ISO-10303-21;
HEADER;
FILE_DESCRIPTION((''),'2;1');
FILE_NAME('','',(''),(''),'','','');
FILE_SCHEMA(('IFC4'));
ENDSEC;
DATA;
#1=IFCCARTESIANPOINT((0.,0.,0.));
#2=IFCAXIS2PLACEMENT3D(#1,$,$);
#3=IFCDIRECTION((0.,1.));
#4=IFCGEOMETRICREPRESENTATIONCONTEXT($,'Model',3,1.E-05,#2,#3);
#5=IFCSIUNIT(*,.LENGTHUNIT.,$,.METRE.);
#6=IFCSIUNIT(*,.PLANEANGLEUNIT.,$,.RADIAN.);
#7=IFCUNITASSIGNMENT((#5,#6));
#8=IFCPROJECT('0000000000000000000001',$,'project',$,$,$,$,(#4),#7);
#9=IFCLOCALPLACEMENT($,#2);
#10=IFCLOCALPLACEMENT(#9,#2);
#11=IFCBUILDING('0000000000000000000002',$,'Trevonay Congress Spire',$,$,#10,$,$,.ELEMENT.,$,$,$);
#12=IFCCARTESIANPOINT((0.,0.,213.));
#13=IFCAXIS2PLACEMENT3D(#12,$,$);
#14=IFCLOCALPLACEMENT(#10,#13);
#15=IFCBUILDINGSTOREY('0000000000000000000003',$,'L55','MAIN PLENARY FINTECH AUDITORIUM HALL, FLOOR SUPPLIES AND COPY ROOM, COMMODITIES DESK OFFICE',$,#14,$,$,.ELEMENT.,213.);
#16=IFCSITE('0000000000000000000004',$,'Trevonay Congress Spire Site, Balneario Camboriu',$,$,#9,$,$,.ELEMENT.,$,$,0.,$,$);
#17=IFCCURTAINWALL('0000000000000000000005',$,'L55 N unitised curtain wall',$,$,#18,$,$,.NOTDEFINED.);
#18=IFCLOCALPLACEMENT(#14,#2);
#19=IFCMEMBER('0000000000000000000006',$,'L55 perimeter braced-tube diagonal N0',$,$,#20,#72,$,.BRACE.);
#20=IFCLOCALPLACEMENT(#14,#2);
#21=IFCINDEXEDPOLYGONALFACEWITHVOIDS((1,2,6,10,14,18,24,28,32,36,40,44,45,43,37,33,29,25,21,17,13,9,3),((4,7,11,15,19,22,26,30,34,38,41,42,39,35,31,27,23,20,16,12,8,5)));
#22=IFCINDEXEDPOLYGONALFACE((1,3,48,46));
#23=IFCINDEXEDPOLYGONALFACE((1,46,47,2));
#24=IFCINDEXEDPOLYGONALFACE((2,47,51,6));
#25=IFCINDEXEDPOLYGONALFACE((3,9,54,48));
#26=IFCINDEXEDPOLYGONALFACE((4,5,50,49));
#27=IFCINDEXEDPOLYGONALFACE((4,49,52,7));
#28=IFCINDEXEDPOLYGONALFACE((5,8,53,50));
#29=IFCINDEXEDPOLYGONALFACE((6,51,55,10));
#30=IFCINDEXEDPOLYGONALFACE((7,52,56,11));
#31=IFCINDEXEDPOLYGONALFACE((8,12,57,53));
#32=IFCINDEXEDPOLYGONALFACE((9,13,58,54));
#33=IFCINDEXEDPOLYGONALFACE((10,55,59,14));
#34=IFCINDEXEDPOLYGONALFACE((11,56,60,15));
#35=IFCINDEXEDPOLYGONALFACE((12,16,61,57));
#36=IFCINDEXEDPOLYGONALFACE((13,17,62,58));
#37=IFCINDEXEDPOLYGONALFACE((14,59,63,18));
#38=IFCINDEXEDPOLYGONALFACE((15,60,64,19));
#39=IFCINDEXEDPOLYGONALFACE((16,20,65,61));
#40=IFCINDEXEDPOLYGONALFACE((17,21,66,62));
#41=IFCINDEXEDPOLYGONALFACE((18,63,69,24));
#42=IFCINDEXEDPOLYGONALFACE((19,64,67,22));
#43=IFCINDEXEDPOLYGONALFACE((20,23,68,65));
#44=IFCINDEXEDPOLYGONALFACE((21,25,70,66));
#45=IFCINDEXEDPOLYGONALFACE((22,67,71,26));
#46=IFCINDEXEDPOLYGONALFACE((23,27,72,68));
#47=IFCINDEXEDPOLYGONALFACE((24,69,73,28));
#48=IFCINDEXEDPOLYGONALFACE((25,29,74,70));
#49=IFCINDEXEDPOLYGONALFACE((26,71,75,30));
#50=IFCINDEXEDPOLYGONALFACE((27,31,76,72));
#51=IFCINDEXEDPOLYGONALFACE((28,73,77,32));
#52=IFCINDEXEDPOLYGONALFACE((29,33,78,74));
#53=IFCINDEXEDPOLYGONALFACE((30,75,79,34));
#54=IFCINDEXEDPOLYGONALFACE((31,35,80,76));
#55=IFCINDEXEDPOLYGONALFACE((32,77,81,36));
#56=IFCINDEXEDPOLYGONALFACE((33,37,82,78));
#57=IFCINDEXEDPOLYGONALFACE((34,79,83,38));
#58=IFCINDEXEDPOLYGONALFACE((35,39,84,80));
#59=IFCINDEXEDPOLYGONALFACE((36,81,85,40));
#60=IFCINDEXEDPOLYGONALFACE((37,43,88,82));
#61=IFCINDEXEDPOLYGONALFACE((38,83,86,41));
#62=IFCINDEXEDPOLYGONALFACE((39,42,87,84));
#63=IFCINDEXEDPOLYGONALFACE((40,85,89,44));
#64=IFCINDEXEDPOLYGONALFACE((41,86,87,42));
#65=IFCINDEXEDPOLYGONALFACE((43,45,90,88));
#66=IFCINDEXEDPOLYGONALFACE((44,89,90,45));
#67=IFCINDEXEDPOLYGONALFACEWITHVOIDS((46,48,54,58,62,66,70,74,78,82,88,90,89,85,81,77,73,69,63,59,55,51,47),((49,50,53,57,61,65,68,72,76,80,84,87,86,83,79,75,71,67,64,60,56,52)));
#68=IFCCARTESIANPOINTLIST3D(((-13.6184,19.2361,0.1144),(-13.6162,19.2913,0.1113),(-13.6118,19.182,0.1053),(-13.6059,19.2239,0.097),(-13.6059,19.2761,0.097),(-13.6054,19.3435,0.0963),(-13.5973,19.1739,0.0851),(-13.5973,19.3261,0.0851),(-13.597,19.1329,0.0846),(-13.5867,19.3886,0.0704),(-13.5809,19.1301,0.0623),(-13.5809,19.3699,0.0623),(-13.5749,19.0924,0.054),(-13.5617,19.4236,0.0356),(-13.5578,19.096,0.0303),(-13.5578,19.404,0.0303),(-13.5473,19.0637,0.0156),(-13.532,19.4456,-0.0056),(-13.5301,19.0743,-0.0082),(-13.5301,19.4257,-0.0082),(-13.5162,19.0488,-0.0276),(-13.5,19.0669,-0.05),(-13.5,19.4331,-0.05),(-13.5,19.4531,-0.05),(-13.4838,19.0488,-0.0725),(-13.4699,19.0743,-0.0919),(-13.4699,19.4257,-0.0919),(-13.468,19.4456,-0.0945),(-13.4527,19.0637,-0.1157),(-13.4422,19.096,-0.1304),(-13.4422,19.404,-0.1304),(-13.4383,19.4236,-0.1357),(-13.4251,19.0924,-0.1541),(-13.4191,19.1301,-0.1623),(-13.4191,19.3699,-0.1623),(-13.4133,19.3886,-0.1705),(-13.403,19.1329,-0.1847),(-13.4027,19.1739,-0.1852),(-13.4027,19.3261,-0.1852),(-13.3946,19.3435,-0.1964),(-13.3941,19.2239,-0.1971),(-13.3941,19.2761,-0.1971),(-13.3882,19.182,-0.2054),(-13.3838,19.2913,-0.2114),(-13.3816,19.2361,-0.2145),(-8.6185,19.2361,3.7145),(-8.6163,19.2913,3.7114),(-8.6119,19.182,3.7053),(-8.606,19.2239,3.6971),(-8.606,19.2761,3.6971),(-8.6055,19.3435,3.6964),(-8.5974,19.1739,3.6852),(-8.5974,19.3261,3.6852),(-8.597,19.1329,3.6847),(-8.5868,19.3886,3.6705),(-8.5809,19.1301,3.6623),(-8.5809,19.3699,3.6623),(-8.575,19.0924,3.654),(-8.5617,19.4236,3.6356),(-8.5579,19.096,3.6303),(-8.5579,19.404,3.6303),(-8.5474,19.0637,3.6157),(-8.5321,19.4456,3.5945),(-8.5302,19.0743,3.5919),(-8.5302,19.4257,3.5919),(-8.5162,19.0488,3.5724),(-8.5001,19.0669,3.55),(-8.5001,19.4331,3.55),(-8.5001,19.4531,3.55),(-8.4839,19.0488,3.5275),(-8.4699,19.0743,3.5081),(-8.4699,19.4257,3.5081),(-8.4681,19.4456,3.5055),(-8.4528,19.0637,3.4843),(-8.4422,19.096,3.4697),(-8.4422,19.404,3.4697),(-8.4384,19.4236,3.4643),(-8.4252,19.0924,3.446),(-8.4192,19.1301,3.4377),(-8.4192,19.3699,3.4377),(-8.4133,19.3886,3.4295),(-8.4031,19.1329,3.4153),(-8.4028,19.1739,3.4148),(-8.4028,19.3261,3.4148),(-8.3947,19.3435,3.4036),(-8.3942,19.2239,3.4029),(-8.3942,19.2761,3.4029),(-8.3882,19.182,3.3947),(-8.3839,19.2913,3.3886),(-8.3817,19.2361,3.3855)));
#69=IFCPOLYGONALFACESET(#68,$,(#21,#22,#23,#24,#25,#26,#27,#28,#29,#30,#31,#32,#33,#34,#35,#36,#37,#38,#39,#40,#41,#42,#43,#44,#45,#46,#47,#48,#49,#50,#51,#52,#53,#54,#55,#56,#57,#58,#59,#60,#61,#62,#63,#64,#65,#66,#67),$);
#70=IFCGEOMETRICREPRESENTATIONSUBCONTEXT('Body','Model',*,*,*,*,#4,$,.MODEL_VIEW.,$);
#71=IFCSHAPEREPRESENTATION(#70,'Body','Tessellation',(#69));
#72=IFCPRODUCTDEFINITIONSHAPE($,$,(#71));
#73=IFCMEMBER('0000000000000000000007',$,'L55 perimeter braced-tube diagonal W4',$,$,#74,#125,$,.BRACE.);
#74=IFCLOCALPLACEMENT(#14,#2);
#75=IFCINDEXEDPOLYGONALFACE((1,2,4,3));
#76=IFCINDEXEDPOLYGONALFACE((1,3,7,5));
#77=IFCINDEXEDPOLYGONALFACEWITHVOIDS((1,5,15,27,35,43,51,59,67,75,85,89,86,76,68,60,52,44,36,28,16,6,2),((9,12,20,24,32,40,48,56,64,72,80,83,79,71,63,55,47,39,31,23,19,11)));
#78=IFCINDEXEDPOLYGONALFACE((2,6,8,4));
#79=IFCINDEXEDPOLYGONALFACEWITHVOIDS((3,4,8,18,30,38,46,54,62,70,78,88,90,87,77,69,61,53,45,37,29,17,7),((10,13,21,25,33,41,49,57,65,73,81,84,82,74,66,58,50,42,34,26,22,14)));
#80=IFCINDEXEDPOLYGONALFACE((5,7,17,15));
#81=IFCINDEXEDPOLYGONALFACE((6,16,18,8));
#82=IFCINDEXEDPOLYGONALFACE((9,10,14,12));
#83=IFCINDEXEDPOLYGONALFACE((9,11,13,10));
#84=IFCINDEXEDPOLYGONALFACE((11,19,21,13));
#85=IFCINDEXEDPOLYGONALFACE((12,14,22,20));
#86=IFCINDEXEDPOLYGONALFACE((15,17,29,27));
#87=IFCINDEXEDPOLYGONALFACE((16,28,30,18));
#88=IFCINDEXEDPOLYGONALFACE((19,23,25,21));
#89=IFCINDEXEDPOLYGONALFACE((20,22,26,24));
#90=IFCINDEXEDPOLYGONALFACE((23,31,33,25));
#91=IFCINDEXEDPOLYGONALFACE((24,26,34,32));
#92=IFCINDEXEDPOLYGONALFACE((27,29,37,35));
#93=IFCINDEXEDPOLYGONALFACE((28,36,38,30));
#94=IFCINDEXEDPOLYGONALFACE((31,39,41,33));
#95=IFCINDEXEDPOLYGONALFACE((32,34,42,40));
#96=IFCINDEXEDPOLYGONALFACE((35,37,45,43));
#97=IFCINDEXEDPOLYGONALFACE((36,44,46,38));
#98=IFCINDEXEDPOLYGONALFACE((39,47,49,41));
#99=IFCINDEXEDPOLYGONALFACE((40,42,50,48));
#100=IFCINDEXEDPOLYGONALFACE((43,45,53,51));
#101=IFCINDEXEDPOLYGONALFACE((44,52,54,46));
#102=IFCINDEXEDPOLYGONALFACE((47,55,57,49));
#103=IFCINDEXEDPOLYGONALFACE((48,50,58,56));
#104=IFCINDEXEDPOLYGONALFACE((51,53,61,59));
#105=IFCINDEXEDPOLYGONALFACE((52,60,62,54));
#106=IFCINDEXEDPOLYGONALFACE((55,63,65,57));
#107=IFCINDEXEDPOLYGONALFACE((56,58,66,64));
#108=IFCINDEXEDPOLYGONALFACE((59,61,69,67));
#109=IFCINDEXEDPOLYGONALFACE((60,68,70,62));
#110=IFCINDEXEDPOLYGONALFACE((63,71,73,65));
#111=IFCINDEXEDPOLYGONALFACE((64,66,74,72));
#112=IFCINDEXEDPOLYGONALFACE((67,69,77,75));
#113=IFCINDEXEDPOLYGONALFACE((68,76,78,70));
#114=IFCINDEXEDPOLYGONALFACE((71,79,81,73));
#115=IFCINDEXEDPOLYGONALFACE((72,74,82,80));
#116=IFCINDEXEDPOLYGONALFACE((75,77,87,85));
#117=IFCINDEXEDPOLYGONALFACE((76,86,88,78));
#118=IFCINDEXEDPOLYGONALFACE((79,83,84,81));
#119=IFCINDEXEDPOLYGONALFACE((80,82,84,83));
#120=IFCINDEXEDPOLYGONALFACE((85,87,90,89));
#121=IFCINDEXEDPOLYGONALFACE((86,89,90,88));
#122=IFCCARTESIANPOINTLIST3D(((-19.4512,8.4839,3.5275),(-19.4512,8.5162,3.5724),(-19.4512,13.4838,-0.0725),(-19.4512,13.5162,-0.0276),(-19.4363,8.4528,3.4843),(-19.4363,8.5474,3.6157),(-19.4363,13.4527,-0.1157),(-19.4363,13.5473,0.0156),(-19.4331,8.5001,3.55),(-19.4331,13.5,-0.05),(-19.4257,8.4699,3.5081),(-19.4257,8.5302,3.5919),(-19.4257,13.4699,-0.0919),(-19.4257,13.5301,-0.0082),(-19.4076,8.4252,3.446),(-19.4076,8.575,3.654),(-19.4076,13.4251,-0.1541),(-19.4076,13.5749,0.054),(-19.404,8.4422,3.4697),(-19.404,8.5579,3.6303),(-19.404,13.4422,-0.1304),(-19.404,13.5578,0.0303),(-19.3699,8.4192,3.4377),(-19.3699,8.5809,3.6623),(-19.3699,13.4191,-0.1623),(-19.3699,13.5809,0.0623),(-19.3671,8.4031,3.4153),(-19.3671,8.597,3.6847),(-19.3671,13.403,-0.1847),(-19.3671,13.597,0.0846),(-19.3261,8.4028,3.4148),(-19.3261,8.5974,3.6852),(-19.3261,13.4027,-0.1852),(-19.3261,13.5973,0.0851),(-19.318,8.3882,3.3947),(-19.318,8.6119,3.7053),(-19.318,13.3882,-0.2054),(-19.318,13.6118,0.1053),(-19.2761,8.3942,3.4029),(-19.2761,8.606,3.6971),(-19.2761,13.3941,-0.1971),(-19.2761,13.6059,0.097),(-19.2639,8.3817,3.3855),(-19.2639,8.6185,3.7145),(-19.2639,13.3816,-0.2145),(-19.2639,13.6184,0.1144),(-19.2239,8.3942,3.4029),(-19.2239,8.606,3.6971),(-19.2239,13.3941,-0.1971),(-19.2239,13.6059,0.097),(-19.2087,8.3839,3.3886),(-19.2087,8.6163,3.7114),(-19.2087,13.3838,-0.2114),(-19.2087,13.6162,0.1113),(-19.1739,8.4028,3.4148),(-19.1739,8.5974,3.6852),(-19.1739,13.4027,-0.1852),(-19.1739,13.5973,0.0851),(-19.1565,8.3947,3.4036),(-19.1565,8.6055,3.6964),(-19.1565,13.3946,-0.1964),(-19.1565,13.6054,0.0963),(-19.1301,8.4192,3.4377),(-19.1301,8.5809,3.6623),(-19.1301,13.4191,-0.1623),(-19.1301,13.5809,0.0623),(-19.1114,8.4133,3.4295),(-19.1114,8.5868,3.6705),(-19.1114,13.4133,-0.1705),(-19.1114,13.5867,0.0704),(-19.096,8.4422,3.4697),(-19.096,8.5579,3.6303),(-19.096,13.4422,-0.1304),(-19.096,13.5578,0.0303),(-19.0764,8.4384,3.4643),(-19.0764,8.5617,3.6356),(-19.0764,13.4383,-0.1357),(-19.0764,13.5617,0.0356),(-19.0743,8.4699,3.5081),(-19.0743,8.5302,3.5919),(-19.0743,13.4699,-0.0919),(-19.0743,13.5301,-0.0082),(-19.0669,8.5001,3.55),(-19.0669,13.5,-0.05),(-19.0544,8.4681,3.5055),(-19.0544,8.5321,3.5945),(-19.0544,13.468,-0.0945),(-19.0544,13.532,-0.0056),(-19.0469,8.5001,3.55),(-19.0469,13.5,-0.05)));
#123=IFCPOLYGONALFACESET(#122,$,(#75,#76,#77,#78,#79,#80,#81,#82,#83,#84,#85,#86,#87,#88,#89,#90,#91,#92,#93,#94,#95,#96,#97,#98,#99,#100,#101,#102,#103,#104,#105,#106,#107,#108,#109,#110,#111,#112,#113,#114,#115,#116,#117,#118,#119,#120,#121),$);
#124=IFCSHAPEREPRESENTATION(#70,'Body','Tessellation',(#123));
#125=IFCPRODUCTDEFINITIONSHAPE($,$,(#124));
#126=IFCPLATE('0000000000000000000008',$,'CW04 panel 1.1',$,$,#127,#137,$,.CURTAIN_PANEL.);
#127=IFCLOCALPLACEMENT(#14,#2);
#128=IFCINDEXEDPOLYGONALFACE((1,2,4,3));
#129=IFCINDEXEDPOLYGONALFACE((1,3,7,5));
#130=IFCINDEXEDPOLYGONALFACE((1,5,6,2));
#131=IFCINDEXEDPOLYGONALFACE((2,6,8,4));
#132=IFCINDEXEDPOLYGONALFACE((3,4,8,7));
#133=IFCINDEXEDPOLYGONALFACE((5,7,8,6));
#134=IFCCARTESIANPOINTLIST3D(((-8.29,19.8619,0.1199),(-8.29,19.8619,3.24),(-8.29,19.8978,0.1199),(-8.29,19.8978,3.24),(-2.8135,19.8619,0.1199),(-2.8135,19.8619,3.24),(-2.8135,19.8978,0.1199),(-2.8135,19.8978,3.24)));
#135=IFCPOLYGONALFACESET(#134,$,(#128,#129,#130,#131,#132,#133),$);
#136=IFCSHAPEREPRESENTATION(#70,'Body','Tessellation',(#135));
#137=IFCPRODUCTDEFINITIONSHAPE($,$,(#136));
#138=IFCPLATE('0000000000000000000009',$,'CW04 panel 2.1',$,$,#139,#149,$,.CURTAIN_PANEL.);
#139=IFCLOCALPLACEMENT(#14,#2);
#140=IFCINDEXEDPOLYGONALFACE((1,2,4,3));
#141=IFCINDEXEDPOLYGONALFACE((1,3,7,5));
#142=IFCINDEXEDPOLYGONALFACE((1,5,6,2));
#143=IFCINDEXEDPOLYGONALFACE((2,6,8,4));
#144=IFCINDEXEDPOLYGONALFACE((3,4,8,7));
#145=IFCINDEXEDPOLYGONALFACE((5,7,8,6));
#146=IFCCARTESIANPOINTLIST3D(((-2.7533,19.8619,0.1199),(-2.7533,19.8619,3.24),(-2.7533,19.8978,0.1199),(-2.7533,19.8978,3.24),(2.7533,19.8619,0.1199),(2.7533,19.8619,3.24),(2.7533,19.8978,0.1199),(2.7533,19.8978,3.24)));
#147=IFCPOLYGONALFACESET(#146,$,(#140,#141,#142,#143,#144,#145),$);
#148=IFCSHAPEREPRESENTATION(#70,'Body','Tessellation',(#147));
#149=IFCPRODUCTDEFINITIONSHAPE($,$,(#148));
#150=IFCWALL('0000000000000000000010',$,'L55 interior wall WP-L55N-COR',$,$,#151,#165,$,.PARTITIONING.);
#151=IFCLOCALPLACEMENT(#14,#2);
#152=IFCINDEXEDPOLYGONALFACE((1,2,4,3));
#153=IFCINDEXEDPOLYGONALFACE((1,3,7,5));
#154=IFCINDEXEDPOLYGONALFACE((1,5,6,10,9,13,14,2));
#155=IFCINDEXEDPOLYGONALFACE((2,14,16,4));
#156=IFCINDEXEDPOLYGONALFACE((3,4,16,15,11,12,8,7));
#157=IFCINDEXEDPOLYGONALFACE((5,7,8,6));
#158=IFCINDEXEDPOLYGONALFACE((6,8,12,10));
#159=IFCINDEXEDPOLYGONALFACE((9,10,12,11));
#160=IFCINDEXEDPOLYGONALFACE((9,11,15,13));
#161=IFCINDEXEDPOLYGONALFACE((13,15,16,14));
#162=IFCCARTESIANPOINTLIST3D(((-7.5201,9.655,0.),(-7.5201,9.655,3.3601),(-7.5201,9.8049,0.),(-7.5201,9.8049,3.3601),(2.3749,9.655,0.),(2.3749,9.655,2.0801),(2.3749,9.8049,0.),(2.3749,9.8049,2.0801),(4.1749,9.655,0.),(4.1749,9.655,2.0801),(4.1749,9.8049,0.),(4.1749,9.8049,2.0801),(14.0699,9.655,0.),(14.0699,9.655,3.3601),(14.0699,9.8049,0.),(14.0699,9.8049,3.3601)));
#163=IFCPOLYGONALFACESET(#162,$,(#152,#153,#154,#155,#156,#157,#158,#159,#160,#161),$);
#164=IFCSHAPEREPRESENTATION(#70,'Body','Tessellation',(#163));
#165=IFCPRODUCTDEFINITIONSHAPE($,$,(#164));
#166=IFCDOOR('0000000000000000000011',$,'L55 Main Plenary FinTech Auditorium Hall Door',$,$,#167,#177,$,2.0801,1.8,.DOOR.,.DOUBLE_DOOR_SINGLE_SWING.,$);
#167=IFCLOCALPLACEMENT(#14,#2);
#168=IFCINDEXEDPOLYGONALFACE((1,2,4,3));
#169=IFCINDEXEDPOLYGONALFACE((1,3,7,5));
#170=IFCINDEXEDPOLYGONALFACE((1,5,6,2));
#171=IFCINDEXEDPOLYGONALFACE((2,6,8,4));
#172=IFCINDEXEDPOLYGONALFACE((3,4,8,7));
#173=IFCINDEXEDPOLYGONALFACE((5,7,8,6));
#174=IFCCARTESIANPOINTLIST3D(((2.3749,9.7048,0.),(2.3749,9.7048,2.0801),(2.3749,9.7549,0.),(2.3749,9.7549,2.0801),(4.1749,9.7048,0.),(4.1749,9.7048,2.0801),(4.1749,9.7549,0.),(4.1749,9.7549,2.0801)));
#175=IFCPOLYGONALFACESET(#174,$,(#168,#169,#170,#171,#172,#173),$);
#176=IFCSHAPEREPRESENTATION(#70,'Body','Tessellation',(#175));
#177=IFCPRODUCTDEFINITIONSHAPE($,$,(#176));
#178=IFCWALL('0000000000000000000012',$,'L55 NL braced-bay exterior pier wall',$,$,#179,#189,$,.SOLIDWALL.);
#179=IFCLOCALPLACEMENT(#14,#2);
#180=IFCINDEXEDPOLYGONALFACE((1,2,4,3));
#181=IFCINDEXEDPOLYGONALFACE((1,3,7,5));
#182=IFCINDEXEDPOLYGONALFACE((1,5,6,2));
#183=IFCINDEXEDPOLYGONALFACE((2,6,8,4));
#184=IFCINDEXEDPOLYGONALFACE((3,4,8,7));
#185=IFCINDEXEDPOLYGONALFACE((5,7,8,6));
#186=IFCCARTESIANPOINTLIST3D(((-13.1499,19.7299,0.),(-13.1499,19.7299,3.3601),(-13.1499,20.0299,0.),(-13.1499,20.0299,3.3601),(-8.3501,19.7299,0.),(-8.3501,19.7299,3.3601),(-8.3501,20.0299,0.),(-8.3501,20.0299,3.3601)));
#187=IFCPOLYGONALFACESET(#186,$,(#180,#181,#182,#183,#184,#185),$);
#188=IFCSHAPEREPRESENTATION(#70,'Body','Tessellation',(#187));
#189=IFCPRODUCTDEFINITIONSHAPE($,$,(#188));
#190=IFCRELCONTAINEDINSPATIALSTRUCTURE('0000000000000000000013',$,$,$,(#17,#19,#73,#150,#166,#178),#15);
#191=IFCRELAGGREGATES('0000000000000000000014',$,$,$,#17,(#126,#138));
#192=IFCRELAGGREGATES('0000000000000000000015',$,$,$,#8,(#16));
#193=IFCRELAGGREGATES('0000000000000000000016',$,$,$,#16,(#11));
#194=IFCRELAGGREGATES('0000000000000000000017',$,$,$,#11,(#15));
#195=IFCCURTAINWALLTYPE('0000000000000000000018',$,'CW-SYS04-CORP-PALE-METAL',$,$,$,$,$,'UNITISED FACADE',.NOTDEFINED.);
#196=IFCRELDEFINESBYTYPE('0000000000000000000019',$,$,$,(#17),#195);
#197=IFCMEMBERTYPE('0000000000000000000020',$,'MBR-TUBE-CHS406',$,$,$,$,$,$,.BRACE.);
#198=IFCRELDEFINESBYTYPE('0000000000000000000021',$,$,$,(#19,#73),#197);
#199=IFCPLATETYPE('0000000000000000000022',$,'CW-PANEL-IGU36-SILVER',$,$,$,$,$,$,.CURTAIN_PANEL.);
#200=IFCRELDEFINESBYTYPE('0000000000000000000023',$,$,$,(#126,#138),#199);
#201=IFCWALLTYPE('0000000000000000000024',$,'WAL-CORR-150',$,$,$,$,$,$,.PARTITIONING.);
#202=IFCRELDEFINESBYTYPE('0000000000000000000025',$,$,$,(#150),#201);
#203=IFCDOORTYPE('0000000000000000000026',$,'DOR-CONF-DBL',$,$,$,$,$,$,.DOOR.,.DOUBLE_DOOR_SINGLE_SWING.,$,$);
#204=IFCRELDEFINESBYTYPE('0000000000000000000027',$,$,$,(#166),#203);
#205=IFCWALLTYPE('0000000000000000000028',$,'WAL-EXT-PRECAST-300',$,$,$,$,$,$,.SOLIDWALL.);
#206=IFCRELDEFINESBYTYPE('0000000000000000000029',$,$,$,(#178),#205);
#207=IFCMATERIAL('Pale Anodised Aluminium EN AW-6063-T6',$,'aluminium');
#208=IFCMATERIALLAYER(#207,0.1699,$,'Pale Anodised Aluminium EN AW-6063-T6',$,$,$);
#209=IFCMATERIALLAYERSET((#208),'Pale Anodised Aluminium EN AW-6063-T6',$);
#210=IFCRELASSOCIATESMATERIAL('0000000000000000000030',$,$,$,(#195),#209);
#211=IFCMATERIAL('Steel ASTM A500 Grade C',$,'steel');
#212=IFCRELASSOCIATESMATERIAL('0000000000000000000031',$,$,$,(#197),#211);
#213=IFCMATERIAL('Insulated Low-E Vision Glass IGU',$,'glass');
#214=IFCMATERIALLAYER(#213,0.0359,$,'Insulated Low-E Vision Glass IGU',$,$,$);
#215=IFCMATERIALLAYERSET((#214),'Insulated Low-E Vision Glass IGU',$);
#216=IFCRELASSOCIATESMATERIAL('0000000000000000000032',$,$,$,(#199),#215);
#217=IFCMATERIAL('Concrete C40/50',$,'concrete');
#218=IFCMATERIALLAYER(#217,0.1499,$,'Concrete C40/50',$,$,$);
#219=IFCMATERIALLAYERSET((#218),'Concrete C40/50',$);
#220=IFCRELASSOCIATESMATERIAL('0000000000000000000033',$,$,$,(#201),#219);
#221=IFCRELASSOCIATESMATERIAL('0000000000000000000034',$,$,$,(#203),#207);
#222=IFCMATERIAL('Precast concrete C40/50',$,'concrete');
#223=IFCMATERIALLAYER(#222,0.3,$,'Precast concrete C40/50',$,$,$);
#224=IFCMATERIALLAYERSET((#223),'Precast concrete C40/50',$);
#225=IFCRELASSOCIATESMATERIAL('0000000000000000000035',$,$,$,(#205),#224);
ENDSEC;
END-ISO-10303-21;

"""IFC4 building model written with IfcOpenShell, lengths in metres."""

from ifc_helpers import new_model, si_unit, direction, frame, frame_2d, origin, origin_2d, place, context, subcontext, project, spatial, rectangle, hollow_circle, extrude, material, layer, layer_set, material_profile, profile_set, type_object, element, fill, aggregate, save


model = new_model("IFC4")

# Units and contexts
model_context = context("Model", 3, precision=1e-05, world=origin(), true_north=direction((0.0, 1.0)))
body_context = subcontext(model_context, "Body", "Model", "MODEL_VIEW")
ifc_project = project(units=[si_unit("LENGTHUNIT", "METRE"), si_unit("PLANEANGLEUNIT", "RADIAN")], contexts=[model_context])

# Site, building, storey
site_placement = place(None, origin())
site = spatial("IfcSite", under=ifc_project, at=site_placement, Name="Trevonay Congress Spire Site, Balneario Camboriu", CompositionType="ELEMENT", RefElevation=0.0)
building_placement = place(site_placement, origin())
building = spatial("IfcBuilding", under=site, at=building_placement, Name="Trevonay Congress Spire", CompositionType="ELEMENT")
storey_placement = place(building_placement, frame((0.0, 0.0, 213.0)))
storey = spatial("IfcBuildingStorey", under=building, at=storey_placement, Name="L55", Description="MAIN PLENARY FINTECH AUDITORIUM HALL, FLOOR SUPPLIES AND COPY ROOM, COMMODITIES DESK OFFICE", CompositionType="ELEMENT", Elevation=213.0)

# Curtain wall
ifc_material_1 = material(Name="Pale Anodised Aluminium EN AW-6063-T6", Category="aluminium")
ifc_layer_1 = layer(ifc_material_1, 0.1699, Name="Pale Anodised Aluminium EN AW-6063-T6")
ifc_layer_set_1 = layer_set([ifc_layer_1], Name="Pale Anodised Aluminium EN AW-6063-T6")
curtain_wall_type = type_object("IfcCurtainWallType", Name="CW-SYS04-CORP-PALE-METAL", ElementType="UNITISED FACADE", PredefinedType="NOTDEFINED", material=ifc_layer_set_1)
curtain_wall_1_placement = place(storey_placement, origin())
curtain_wall_1 = element("IfcCurtainWall", 1, at=curtain_wall_1_placement, inside=storey, type_object=curtain_wall_type, Name="L55 N unitised curtain wall", PredefinedType="NOTDEFINED")

# Members
ifc_material_2 = material(Name="Steel ASTM A500 Grade C", Category="steel")
ifc_material_profile_1 = material_profile(ifc_material_2, hollow_circle(Radius=0.2031, WallThickness=0.02, at=origin_2d()), Name="CHS 406.4x20")
ifc_profile_set_1 = profile_set([ifc_material_profile_1], Name="Steel ASTM A500 Grade C")
member_type_1 = type_object("IfcMemberType", Name="MBR-TUBE-CHS406", PredefinedType="BRACE", material=ifc_profile_set_1)
for number, where, z_axis, x_axis, name in (
    (2, (-13.5, 19.25, -0.05), (0.811527, 0.0, 0.584315), (0.0, 1.0, 0.0), "L55 perimeter braced-tube diagonal N0"),
    (3, (-19.25, 13.5, -0.05), (0.0, -0.811527, 0.584315), (1.0, 0.0, 0.0), "L55 perimeter braced-tube diagonal W4"),
):
    element("IfcMember", number, at=place(storey_placement, frame(where, z_axis=z_axis, x_axis=x_axis)), inside=storey, type_object=member_type_1, Name=name, PredefinedType="BRACE", context=body_context, shape_type="SweptSolid", body=[
        extrude(hollow_circle(Radius=0.2031, WallThickness=0.02, at=origin_2d()), origin(), (0.0, 0.0, 1.0), 6.1611),
    ])

# Plates
ifc_material_3 = material(Name="Insulated Low-E Vision Glass IGU", Category="glass")
ifc_layer_2 = layer(ifc_material_3, 0.0359, Name="Insulated Low-E Vision Glass IGU")
ifc_layer_set_2 = layer_set([ifc_layer_2], Name="Insulated Low-E Vision Glass IGU")
plate_type = type_object("IfcPlateType", Name="CW-PANEL-IGU36-SILVER", PredefinedType="CURTAIN_PANEL", material=ifc_layer_set_2)
plate_1_placement = place(storey_placement, frame((-5.5518, 19.8799, 0.1199), z_axis=(0.0, 0.0, 1.0), x_axis=(1.0, 0.0, 0.0)))
plate_1 = element("IfcPlate", 4, at=plate_1_placement, type_object=plate_type, Name="CW04 panel 1.1", PredefinedType="CURTAIN_PANEL", context=body_context, shape_type="SweptSolid", body=[
    extrude(rectangle(XDim=5.4766, YDim=0.0359, at=origin_2d()), origin(), (0.0, 0.0, 1.0), 3.1201),
])
plate_2_placement = place(storey_placement, frame((0.0, 19.8799, 0.1199), z_axis=(0.0, 0.0, 1.0), x_axis=(1.0, 0.0, 0.0)))
plate_2 = element("IfcPlate", 5, at=plate_2_placement, type_object=plate_type, Name="CW04 panel 2.1", PredefinedType="CURTAIN_PANEL", context=body_context, shape_type="SweptSolid", body=[
    extrude(rectangle(XDim=5.5066, YDim=0.0359, at=origin_2d()), origin(), (0.0, 0.0, 1.0), 3.1201),
])
aggregate(curtain_wall_1, [plate_1, plate_2])

# Wall, opening, door
ifc_material_4 = material(Name="Concrete C40/50", Category="concrete")
ifc_layer_3 = layer(ifc_material_4, 0.1499, Name="Concrete C40/50")
ifc_layer_set_3 = layer_set([ifc_layer_3], Name="Concrete C40/50")
wall_type_1 = type_object("IfcWallType", Name="WAL-CORR-150", PredefinedType="PARTITIONING", material=ifc_layer_set_3)
wall_1_placement = place(storey_placement, frame((-7.52, 9.73, 0.0), z_axis=(0.0, 0.0, 1.0), x_axis=(1.0, 0.0, 0.0)))
wall_1 = element("IfcWall", 6, at=wall_1_placement, inside=storey, type_object=wall_type_1, Name="L55 interior wall WP-L55N-COR", PredefinedType="PARTITIONING", context=body_context, shape_type="SweptSolid", body=[
    extrude(rectangle(XDim=21.5901, YDim=0.1499, at=frame_2d((10.7949, 0.0))), origin(), (0.0, 0.0, 1.0), 3.3601),
])
opening_1_placement = place(wall_1_placement, frame((9.895, 0.0, 0.0)))
opening_1 = element("IfcOpeningElement", 7, at=opening_1_placement, cuts=wall_1, PredefinedType="OPENING", context=body_context, shape_type="SweptSolid", body=[
    extrude(rectangle(XDim=1.8, YDim=2.0801, at=frame_2d((0.8999, 1.04))), frame((0.0, 0.085, 0.0), z_axis=(0.0, -1.0, 0.0), x_axis=(1.0, 0.0, 0.0)), (0.0, 0.0, 1.0), 0.1699),
])
door_type = type_object("IfcDoorType", Name="DOR-CONF-DBL", OperationType="DOUBLE_DOOR_SINGLE_SWING", PredefinedType="DOOR", material=ifc_material_1)
door_placement = place(opening_1_placement, origin())
door = element("IfcDoor", 8, at=door_placement, inside=storey, type_object=door_type, Name="L55 Main Plenary FinTech Auditorium Hall Door", OperationType="DOUBLE_DOOR_SINGLE_SWING", OverallHeight=2.0801, OverallWidth=1.8, PredefinedType="DOOR", context=body_context, shape_type="SweptSolid", body=[
    extrude(rectangle(XDim=1.8, YDim=2.0801, at=frame_2d((0.8999, 1.04))), frame((0.0, 0.0249, 0.0), z_axis=(0.0, -1.0, 0.0), x_axis=(1.0, 0.0, 0.0)), (0.0, 0.0, 1.0), 0.05),
])
fill(opening_1, door)

# Wall
ifc_material_5 = material(Name="Precast concrete C40/50", Category="concrete")
ifc_layer_4 = layer(ifc_material_5, 0.3, Name="Precast concrete C40/50")
ifc_layer_set_4 = layer_set([ifc_layer_4], Name="Precast concrete C40/50")
wall_type_2 = type_object("IfcWallType", Name="WAL-EXT-PRECAST-300", PredefinedType="SOLIDWALL", material=ifc_layer_set_4)
for number, where, z_axis, x_axis, name in (
    (9, (-13.1499, 19.8799, 0.0), (0.0, 0.0, 1.0), (1.0, 0.0, 0.0), "L55 NL braced-bay exterior pier wall"),
):
    element("IfcWall", number, at=place(storey_placement, frame(where, z_axis=z_axis, x_axis=x_axis)), inside=storey, type_object=wall_type_2, Name=name, PredefinedType="SOLIDWALL", context=body_context, shape_type="SweptSolid", body=[
        extrude(rectangle(XDim=4.7998, YDim=0.3, at=frame_2d((2.3999, 0.0))), origin(), (0.0, 0.0, 1.0), 3.3601),
    ])

save(model, "model.ifc")
